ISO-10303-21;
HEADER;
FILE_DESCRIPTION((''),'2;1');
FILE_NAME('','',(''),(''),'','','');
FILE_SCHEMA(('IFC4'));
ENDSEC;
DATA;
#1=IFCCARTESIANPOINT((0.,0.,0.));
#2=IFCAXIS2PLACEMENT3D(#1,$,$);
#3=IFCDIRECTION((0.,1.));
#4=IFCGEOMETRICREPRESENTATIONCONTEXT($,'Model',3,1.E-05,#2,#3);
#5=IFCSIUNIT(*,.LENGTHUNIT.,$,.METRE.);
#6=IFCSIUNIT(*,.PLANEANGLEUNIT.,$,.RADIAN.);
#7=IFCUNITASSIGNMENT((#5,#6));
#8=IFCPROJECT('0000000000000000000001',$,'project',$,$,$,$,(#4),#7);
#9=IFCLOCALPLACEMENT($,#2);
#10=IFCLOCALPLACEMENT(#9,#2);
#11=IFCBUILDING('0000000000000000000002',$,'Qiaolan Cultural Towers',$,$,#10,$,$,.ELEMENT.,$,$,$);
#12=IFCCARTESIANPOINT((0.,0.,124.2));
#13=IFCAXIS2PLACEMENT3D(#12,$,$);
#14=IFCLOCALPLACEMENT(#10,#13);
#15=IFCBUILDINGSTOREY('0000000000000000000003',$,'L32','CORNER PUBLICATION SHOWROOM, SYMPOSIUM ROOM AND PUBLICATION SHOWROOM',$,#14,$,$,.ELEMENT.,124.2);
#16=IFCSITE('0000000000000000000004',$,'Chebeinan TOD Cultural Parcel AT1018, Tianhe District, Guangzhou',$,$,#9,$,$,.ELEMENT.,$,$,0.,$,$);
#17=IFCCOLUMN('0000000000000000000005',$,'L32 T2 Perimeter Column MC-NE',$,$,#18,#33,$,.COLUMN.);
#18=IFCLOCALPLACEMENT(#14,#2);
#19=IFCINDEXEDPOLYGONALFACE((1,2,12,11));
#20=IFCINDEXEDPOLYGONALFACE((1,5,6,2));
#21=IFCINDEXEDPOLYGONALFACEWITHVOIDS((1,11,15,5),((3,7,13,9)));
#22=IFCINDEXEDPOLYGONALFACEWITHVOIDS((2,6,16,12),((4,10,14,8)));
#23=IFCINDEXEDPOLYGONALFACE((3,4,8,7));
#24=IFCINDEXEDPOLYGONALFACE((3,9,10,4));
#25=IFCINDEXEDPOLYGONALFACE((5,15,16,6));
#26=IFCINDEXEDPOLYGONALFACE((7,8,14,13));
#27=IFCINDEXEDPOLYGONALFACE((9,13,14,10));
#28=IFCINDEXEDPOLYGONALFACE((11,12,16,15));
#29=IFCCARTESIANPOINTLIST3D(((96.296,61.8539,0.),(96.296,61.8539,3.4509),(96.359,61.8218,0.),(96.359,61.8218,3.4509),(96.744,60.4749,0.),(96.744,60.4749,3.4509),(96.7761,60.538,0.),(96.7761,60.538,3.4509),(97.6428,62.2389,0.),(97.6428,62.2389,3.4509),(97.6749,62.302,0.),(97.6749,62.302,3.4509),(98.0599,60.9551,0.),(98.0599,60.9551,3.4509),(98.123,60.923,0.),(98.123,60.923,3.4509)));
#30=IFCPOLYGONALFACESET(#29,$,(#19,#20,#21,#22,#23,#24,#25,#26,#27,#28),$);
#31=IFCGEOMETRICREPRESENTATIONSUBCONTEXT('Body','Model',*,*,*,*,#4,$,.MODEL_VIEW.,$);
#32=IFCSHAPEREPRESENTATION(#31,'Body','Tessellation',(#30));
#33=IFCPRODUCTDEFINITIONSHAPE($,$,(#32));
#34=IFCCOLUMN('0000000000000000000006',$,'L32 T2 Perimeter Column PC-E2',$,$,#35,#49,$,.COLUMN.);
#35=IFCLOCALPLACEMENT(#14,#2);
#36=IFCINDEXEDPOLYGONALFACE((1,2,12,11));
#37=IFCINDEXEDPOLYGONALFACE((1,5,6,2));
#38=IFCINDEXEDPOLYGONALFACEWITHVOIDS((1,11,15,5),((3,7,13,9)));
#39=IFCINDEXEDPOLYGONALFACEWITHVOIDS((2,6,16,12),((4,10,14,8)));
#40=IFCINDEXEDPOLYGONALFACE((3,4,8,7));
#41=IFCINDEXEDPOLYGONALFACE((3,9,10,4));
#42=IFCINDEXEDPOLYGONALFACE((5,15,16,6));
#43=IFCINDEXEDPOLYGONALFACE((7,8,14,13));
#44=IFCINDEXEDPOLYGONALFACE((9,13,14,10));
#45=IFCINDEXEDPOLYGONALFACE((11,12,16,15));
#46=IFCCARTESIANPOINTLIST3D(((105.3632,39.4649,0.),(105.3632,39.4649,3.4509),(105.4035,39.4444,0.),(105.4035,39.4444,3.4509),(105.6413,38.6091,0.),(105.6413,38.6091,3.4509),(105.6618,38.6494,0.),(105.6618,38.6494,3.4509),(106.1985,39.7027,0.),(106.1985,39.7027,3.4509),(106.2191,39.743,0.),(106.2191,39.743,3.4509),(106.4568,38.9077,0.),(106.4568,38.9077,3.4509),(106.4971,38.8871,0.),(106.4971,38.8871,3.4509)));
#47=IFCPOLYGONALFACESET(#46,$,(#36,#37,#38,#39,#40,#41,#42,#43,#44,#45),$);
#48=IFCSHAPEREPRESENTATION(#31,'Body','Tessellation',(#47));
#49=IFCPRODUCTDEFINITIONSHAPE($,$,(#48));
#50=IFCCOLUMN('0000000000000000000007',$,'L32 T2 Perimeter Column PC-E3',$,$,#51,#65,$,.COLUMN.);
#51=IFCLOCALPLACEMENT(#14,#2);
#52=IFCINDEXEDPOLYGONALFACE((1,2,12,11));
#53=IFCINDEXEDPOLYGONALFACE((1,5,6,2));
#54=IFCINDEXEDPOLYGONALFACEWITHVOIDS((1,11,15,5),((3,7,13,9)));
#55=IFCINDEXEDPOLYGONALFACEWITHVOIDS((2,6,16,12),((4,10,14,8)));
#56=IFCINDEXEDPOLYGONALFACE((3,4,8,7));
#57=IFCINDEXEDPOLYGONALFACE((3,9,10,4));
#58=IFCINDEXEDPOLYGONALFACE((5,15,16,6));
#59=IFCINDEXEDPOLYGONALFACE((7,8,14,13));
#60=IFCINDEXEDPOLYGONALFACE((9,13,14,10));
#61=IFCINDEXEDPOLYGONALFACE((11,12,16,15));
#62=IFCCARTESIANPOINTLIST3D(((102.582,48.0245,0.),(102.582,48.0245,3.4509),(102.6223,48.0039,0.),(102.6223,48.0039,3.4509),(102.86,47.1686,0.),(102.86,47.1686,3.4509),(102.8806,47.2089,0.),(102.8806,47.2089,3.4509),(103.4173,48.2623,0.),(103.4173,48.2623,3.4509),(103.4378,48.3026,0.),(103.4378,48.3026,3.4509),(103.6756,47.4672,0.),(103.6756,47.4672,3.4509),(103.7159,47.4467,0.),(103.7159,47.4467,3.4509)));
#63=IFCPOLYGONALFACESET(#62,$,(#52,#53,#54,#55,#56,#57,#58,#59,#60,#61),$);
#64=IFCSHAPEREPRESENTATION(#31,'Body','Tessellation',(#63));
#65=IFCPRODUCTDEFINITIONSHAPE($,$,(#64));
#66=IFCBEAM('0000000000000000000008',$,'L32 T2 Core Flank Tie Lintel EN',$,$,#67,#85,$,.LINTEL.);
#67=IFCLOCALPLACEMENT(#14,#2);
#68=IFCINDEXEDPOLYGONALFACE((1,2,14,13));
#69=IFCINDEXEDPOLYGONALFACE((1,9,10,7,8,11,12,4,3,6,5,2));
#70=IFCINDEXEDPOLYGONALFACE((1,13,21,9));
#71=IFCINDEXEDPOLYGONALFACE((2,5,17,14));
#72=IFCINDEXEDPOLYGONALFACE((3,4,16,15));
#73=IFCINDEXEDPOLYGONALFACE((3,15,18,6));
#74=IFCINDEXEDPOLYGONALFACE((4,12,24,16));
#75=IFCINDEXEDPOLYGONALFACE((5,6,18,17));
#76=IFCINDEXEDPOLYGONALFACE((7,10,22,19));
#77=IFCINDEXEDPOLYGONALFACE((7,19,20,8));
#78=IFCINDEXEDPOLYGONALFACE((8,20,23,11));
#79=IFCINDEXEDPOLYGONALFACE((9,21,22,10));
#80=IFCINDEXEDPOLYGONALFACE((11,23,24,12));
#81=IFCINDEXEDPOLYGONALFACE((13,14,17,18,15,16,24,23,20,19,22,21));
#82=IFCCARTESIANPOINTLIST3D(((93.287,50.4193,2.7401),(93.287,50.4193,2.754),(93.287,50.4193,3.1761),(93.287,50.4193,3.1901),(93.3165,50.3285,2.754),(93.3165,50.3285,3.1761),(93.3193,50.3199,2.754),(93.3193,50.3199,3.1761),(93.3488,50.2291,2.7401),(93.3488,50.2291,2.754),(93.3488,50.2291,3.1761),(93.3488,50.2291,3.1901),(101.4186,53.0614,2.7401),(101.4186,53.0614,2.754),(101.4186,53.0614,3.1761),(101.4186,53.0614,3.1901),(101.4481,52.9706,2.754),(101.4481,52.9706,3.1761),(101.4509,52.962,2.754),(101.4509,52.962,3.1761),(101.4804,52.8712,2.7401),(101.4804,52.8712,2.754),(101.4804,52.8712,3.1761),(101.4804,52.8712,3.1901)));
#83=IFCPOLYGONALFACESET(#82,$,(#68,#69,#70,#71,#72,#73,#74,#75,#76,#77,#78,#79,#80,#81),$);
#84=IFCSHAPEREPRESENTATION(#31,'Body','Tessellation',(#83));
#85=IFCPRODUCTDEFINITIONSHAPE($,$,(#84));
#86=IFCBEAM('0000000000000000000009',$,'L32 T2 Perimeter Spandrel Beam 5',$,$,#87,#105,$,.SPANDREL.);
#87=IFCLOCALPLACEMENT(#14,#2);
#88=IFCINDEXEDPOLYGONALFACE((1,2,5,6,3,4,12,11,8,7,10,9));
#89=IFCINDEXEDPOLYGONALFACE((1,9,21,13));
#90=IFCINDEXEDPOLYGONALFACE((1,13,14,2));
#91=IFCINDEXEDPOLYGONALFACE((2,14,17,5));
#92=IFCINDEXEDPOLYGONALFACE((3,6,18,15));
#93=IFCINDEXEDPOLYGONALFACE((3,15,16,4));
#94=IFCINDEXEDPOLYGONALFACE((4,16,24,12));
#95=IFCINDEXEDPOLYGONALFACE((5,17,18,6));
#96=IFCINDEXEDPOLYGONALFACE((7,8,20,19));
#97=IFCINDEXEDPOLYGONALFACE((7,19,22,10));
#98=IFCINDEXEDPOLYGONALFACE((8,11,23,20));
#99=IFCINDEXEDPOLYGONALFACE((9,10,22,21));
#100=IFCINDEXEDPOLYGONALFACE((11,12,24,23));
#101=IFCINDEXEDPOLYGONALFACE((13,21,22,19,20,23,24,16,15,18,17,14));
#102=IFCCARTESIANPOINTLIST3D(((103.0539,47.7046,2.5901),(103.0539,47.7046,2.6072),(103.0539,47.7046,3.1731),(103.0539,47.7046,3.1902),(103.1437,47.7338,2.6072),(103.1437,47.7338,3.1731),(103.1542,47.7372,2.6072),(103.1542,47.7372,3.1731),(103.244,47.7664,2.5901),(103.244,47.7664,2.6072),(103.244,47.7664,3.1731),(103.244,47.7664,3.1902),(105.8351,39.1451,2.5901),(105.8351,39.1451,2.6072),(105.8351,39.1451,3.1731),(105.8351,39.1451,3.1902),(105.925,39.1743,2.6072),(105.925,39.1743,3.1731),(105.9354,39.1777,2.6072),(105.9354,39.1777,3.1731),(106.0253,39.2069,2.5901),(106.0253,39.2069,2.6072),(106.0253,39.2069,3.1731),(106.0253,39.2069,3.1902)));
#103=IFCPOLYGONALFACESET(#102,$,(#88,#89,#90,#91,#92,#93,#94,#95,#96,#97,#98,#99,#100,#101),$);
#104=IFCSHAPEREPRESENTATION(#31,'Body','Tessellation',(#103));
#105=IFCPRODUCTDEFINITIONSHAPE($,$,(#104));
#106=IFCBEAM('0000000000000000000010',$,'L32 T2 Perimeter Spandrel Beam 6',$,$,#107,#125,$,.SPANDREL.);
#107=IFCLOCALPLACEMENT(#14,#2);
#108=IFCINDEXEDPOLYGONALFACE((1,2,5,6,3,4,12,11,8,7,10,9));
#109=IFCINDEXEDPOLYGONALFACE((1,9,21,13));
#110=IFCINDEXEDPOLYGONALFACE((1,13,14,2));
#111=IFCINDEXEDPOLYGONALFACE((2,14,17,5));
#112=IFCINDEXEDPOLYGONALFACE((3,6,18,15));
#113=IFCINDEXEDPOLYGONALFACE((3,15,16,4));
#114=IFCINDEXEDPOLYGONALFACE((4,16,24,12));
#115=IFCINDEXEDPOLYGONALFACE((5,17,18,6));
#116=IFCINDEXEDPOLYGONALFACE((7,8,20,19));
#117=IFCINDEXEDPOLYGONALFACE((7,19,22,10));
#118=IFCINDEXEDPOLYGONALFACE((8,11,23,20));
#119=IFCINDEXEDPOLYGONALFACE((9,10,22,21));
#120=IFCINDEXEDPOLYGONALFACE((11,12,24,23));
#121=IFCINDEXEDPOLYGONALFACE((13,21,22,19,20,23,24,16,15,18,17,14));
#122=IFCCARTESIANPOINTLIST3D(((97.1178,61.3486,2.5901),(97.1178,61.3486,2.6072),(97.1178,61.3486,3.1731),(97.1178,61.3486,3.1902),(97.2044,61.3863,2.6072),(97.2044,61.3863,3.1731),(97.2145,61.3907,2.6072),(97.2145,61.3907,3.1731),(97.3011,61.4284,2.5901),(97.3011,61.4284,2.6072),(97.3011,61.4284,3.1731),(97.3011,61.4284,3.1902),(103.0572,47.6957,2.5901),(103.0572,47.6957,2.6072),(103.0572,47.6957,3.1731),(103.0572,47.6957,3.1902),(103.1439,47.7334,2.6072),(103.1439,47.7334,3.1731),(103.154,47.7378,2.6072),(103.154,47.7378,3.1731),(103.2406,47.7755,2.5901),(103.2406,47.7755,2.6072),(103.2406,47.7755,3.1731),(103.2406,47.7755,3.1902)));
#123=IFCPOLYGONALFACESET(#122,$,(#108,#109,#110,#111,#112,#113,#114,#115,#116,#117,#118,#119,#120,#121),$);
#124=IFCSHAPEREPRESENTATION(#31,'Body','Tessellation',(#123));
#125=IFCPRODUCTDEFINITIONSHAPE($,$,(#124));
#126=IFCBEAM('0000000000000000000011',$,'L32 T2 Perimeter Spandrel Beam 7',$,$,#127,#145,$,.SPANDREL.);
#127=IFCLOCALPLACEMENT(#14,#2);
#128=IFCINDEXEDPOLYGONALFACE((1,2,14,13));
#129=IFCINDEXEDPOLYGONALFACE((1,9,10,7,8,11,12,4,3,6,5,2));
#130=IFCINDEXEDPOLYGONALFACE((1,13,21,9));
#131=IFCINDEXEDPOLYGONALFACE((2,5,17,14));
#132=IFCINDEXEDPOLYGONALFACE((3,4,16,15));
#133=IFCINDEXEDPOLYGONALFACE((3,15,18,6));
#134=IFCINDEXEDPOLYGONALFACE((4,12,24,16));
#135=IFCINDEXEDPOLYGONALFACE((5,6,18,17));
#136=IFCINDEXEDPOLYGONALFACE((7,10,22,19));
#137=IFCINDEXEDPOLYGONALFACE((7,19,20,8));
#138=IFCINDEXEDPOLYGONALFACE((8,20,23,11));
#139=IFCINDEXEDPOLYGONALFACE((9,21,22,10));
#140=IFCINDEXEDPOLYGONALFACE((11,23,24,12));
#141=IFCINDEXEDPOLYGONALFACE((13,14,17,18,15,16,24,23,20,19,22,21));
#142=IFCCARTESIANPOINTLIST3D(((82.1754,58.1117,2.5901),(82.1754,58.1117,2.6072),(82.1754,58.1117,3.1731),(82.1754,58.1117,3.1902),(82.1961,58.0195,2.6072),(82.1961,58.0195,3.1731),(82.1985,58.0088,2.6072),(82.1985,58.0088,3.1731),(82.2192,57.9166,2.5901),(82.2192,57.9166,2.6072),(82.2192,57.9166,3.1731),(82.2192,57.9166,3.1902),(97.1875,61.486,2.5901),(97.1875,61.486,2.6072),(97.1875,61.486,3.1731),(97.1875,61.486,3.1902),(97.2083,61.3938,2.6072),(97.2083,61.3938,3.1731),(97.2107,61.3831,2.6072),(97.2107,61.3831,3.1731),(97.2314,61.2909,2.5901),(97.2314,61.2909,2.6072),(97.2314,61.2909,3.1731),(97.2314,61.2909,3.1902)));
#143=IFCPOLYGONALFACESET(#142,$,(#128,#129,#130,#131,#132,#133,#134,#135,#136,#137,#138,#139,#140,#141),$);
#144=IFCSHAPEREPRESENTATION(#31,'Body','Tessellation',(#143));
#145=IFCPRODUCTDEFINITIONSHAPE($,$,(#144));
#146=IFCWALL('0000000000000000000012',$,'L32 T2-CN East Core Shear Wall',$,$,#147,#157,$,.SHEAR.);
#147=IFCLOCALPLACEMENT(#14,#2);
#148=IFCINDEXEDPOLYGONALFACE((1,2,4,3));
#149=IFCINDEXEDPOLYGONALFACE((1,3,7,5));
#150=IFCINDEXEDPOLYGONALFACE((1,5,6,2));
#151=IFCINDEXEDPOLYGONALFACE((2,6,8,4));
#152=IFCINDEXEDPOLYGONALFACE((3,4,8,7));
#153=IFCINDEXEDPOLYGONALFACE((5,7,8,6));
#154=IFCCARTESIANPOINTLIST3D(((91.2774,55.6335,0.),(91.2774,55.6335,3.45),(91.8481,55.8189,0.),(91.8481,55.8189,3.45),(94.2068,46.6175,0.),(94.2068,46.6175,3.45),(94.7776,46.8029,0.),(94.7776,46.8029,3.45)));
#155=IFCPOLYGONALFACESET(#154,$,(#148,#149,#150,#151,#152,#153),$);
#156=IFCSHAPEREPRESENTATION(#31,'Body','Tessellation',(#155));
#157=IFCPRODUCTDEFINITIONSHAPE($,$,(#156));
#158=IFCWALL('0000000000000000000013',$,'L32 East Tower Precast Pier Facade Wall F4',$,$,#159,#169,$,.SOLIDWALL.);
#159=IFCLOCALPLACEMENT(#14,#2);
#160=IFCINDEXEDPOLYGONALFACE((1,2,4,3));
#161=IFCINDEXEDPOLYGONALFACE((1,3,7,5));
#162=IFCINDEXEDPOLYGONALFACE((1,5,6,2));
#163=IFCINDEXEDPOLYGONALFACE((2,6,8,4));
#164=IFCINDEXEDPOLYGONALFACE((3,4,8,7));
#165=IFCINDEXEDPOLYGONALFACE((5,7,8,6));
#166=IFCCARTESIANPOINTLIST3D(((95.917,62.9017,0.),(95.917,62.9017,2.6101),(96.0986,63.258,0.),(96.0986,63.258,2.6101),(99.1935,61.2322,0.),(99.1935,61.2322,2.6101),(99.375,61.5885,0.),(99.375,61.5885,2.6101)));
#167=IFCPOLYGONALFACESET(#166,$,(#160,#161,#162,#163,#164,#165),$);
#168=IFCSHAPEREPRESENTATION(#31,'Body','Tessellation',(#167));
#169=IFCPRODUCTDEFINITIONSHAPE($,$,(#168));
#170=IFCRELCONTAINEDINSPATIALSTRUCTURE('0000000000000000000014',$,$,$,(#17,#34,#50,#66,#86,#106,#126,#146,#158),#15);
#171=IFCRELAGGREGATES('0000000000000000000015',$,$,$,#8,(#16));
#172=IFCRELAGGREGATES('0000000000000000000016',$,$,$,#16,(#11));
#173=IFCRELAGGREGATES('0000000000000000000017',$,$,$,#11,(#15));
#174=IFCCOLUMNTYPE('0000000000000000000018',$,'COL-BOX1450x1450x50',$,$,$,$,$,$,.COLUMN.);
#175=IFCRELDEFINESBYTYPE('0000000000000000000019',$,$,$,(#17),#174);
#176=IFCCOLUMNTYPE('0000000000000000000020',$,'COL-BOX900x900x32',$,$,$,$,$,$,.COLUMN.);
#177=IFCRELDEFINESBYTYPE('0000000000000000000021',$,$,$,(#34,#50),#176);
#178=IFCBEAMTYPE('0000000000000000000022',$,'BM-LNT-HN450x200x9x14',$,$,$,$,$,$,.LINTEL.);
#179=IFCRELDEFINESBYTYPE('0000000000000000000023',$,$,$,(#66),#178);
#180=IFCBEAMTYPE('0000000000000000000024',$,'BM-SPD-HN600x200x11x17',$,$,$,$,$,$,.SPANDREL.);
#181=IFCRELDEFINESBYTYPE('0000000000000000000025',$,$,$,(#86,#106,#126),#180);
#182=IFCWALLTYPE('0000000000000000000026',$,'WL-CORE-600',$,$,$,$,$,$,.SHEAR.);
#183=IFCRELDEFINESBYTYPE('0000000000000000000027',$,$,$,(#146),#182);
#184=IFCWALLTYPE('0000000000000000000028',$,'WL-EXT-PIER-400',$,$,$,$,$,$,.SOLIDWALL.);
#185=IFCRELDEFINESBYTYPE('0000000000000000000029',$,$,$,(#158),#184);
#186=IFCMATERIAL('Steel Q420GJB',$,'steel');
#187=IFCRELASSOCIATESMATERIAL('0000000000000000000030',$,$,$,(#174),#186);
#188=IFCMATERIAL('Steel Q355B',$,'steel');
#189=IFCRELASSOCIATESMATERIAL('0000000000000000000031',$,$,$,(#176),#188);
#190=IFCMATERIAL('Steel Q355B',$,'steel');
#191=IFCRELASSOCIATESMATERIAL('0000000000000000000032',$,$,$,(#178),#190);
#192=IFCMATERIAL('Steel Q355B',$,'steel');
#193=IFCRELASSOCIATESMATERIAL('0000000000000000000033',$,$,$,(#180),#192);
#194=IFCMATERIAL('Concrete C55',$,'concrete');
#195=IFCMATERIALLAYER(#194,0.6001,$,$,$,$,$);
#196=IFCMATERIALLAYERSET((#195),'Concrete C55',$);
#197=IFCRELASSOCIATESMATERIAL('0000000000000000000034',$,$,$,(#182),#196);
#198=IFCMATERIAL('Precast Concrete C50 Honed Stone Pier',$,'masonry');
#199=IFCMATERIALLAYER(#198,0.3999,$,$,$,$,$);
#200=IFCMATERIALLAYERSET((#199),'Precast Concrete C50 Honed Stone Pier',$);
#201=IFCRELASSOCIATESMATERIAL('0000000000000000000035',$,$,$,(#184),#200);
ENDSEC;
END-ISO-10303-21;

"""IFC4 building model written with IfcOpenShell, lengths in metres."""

from ifc_helpers import new_model, si_unit, direction, frame, frame_2d, origin, origin_2d, place, context, subcontext, project, spatial, rectangle, hollow_rectangle, i_section, extrude, material, layer, layer_set, material_profile, profile_set, type_object, element, save


model = new_model("IFC4")

# Units and contexts
model_context = context("Model", 3, precision=1e-05, world=origin(), true_north=direction((0.0, 1.0)))
body_context = subcontext(model_context, "Body", "Model", "MODEL_VIEW")
ifc_project = project(units=[si_unit("LENGTHUNIT", "METRE"), si_unit("PLANEANGLEUNIT", "RADIAN")], contexts=[model_context])

# Site, building, storey
site_placement = place(None, origin())
site = spatial("IfcSite", under=ifc_project, at=site_placement, Name="Chebeinan TOD Cultural Parcel AT1018, Tianhe District, Guangzhou", CompositionType="ELEMENT", RefElevation=0.0)
building_placement = place(site_placement, origin())
building = spatial("IfcBuilding", under=site, at=building_placement, Name="Qiaolan Cultural Towers", CompositionType="ELEMENT")
storey_placement = place(building_placement, frame((0.0, 0.0, 124.2)))
storey = spatial("IfcBuildingStorey", under=building, at=storey_placement, Name="L32", Description="CORNER PUBLICATION SHOWROOM, SYMPOSIUM ROOM AND PUBLICATION SHOWROOM", CompositionType="ELEMENT", Elevation=124.2)

# Columns
ifc_material_1 = material(Name="Steel Q420GJB", Category="steel")
ifc_material_profile_1 = material_profile(ifc_material_1, hollow_rectangle(XDim=1.45, YDim=1.45, WallThickness=0.05, at=origin_2d()), Name="BOX1450x1450x50")
ifc_profile_set_1 = profile_set([ifc_material_profile_1], Name="Steel Q420GJB")
column_type_1 = type_object("IfcColumnType", Name="COL-BOX1450x1450x50", PredefinedType="COLUMN", material=ifc_profile_set_1)
column_placement = place(storey_placement, frame((97.2095, 61.3884, 0.0), z_axis=(0.0, 0.0, 1.0), x_axis=(0.951057, 0.309017, 0.0)))
element("IfcColumn", 1, at=column_placement, inside=storey, type_object=column_type_1, Name="L32 T2 Perimeter Column MC-NE", PredefinedType="COLUMN", context=body_context, shape_type="SweptSolid", body=[
    extrude(hollow_rectangle(XDim=1.45, YDim=1.45, WallThickness=0.05, at=origin_2d()), origin(), (0.0, 0.0, 1.0), 3.4509),
])
ifc_material_2 = material(Name="Steel Q355B", Category="steel")
ifc_material_profile_2 = material_profile(ifc_material_2, hollow_rectangle(XDim=0.8999, YDim=0.8999, WallThickness=0.032, at=origin_2d()), Name="BOX900x900x32")
ifc_profile_set_2 = profile_set([ifc_material_profile_2], Name="Steel Q355B")
column_type_2 = type_object("IfcColumnType", Name="COL-BOX900x900x32", PredefinedType="COLUMN", material=ifc_profile_set_2)
for number, where, z_axis, x_axis, name in (
    (2, (105.9302, 39.176, 0.0), (0.0, 0.0, 1.0), (0.951057, 0.309017, 0.0), "L32 T2 Perimeter Column PC-E2"),
    (3, (103.1489, 47.7356, 0.0), (0.0, 0.0, 1.0), (0.951057, 0.309017, 0.0), "L32 T2 Perimeter Column PC-E3"),
):
    element("IfcColumn", number, at=place(storey_placement, frame(where, z_axis=z_axis, x_axis=x_axis)), inside=storey, type_object=column_type_2, Name=name, PredefinedType="COLUMN", context=body_context, shape_type="SweptSolid", body=[
        extrude(hollow_rectangle(XDim=0.8999, YDim=0.8999, WallThickness=0.032, at=origin_2d()), origin(), (0.0, 0.0, 1.0), 3.4509),
    ])

# Beams
ifc_material_3 = material(Name="Steel Q355B", Category="steel")
ifc_material_profile_3 = material_profile(ifc_material_3, i_section(OverallWidth=0.2, OverallDepth=0.45, WebThickness=0.009, FlangeThickness=0.0139, at=origin_2d()), Name="HN450x200x9x14")
ifc_profile_set_3 = profile_set([ifc_material_profile_3], Name="Steel Q355B")
beam_type_1 = type_object("IfcBeamType", Name="BM-LNT-HN450x200x9x14", PredefinedType="LINTEL", material=ifc_profile_set_3)
beam_1_placement = place(storey_placement, frame((93.3179, 50.3242, 2.9651), z_axis=(0.951057, 0.309014, 0.0), x_axis=(-0.309014, 0.951057, 0.0)))
element("IfcBeam", 4, at=beam_1_placement, inside=storey, type_object=beam_type_1, Name="L32 T2 Core Flank Tie Lintel EN", PredefinedType="LINTEL", context=body_context, shape_type="SweptSolid", body=[
    extrude(i_section(OverallWidth=0.2, OverallDepth=0.45, WebThickness=0.009, FlangeThickness=0.0139, at=origin_2d()), origin(), (0.0, 0.0, 1.0), 8.55),
])
ifc_material_4 = material(Name="Steel Q355B", Category="steel")
ifc_material_profile_4 = material_profile(ifc_material_4, i_section(OverallWidth=0.2, OverallDepth=0.6001, WebThickness=0.011, FlangeThickness=0.0171, at=origin_2d()), Name="HN600x200x11x17")
ifc_profile_set_4 = profile_set([ifc_material_profile_4], Name="Steel Q355B")
beam_type_2 = type_object("IfcBeamType", Name="BM-SPD-HN600x200x11x17", PredefinedType="SPANDREL", material=ifc_profile_set_4)
beam_2_placement = place(storey_placement, frame((105.9302, 39.176, 2.8901), z_axis=(-0.309025, 0.951054, 0.0), x_axis=(-0.951054, -0.309025, 0.0)))
element("IfcBeam", 5, at=beam_2_placement, inside=storey, type_object=beam_type_2, Name="L32 T2 Perimeter Spandrel Beam 5", PredefinedType="SPANDREL", context=body_context, shape_type="SweptSolid", body=[
    extrude(i_section(OverallWidth=0.2, OverallDepth=0.6001, WebThickness=0.011, FlangeThickness=0.0171, at=origin_2d()), origin(), (0.0, 0.0, 1.0), 9.0),
])
beam_3_placement = place(storey_placement, frame((103.1489, 47.7356, 2.8901), z_axis=(-0.39892, 0.916986, 0.0), x_axis=(-0.916986, -0.39892, 0.0)))
element("IfcBeam", 6, at=beam_3_placement, inside=storey, type_object=beam_type_2, Name="L32 T2 Perimeter Spandrel Beam 6", PredefinedType="SPANDREL", context=body_context, shape_type="SweptSolid", body=[
    extrude(i_section(OverallWidth=0.2, OverallDepth=0.6001, WebThickness=0.011, FlangeThickness=0.0171, at=origin_2d()), origin(), (0.0, 0.0, 1.0), 14.8889),
])
beam_4_placement = place(storey_placement, frame((97.2095, 61.3884, 2.8901), z_axis=(-0.975658, -0.219297, 0.0), x_axis=(0.219297, -0.975658, 0.0)))
element("IfcBeam", 7, at=beam_4_placement, inside=storey, type_object=beam_type_2, Name="L32 T2 Perimeter Spandrel Beam 7", PredefinedType="SPANDREL", context=body_context, shape_type="SweptSolid", body=[
    extrude(i_section(OverallWidth=0.2, OverallDepth=0.6001, WebThickness=0.011, FlangeThickness=0.0171, at=origin_2d()), origin(), (0.0, 0.0, 1.0), 15.3867),
])

# Walls
ifc_material_5 = material(Name="Concrete C55", Category="concrete")
ifc_layer_1 = layer(ifc_material_5, 0.6001)
ifc_layer_set_1 = layer_set([ifc_layer_1], Name="Concrete C55")
wall_type_1 = type_object("IfcWallType", Name="WL-CORE-600", PredefinedType="SHEAR", material=ifc_layer_set_1)
wall_1_placement = place(storey_placement, frame((94.4922, 46.7102, 0.0), z_axis=(0.0, 0.0, 1.0), x_axis=(-0.30901, 0.951059, 0.0)))
element("IfcWall", 8, at=wall_1_placement, inside=storey, type_object=wall_type_1, Name="L32 T2-CN East Core Shear Wall", PredefinedType="SHEAR", context=body_context, shape_type="SweptSolid", body=[
    extrude(rectangle(XDim=9.48, YDim=0.6001, at=frame_2d((4.74, 0.0))), origin(), (0.0, 0.0, 1.0), 3.45),
])
ifc_material_6 = material(Name="Precast Concrete C50 Honed Stone Pier", Category="masonry")
ifc_layer_2 = layer(ifc_material_6, 0.3999)
ifc_layer_set_2 = layer_set([ifc_layer_2], Name="Precast Concrete C50 Honed Stone Pier")
wall_type_2 = type_object("IfcWallType", Name="WL-EXT-PIER-400", PredefinedType="SOLIDWALL", material=ifc_layer_set_2)
wall_2_placement = place(storey_placement, frame((96.0078, 63.0798, 0.0), z_axis=(0.0, 0.0, 1.0), x_axis=(0.891002, -0.453999, 0.0)))
element("IfcWall", 9, at=wall_2_placement, inside=storey, type_object=wall_type_2, Name="L32 East Tower Precast Pier Facade Wall F4", PredefinedType="SOLIDWALL", context=body_context, shape_type="SweptSolid", body=[
    extrude(rectangle(XDim=3.6772, YDim=0.3999, at=frame_2d((1.8386, 0.0))), origin(), (0.0, 0.0, 1.0), 2.6101),
])

save(model, "model.ifc")
